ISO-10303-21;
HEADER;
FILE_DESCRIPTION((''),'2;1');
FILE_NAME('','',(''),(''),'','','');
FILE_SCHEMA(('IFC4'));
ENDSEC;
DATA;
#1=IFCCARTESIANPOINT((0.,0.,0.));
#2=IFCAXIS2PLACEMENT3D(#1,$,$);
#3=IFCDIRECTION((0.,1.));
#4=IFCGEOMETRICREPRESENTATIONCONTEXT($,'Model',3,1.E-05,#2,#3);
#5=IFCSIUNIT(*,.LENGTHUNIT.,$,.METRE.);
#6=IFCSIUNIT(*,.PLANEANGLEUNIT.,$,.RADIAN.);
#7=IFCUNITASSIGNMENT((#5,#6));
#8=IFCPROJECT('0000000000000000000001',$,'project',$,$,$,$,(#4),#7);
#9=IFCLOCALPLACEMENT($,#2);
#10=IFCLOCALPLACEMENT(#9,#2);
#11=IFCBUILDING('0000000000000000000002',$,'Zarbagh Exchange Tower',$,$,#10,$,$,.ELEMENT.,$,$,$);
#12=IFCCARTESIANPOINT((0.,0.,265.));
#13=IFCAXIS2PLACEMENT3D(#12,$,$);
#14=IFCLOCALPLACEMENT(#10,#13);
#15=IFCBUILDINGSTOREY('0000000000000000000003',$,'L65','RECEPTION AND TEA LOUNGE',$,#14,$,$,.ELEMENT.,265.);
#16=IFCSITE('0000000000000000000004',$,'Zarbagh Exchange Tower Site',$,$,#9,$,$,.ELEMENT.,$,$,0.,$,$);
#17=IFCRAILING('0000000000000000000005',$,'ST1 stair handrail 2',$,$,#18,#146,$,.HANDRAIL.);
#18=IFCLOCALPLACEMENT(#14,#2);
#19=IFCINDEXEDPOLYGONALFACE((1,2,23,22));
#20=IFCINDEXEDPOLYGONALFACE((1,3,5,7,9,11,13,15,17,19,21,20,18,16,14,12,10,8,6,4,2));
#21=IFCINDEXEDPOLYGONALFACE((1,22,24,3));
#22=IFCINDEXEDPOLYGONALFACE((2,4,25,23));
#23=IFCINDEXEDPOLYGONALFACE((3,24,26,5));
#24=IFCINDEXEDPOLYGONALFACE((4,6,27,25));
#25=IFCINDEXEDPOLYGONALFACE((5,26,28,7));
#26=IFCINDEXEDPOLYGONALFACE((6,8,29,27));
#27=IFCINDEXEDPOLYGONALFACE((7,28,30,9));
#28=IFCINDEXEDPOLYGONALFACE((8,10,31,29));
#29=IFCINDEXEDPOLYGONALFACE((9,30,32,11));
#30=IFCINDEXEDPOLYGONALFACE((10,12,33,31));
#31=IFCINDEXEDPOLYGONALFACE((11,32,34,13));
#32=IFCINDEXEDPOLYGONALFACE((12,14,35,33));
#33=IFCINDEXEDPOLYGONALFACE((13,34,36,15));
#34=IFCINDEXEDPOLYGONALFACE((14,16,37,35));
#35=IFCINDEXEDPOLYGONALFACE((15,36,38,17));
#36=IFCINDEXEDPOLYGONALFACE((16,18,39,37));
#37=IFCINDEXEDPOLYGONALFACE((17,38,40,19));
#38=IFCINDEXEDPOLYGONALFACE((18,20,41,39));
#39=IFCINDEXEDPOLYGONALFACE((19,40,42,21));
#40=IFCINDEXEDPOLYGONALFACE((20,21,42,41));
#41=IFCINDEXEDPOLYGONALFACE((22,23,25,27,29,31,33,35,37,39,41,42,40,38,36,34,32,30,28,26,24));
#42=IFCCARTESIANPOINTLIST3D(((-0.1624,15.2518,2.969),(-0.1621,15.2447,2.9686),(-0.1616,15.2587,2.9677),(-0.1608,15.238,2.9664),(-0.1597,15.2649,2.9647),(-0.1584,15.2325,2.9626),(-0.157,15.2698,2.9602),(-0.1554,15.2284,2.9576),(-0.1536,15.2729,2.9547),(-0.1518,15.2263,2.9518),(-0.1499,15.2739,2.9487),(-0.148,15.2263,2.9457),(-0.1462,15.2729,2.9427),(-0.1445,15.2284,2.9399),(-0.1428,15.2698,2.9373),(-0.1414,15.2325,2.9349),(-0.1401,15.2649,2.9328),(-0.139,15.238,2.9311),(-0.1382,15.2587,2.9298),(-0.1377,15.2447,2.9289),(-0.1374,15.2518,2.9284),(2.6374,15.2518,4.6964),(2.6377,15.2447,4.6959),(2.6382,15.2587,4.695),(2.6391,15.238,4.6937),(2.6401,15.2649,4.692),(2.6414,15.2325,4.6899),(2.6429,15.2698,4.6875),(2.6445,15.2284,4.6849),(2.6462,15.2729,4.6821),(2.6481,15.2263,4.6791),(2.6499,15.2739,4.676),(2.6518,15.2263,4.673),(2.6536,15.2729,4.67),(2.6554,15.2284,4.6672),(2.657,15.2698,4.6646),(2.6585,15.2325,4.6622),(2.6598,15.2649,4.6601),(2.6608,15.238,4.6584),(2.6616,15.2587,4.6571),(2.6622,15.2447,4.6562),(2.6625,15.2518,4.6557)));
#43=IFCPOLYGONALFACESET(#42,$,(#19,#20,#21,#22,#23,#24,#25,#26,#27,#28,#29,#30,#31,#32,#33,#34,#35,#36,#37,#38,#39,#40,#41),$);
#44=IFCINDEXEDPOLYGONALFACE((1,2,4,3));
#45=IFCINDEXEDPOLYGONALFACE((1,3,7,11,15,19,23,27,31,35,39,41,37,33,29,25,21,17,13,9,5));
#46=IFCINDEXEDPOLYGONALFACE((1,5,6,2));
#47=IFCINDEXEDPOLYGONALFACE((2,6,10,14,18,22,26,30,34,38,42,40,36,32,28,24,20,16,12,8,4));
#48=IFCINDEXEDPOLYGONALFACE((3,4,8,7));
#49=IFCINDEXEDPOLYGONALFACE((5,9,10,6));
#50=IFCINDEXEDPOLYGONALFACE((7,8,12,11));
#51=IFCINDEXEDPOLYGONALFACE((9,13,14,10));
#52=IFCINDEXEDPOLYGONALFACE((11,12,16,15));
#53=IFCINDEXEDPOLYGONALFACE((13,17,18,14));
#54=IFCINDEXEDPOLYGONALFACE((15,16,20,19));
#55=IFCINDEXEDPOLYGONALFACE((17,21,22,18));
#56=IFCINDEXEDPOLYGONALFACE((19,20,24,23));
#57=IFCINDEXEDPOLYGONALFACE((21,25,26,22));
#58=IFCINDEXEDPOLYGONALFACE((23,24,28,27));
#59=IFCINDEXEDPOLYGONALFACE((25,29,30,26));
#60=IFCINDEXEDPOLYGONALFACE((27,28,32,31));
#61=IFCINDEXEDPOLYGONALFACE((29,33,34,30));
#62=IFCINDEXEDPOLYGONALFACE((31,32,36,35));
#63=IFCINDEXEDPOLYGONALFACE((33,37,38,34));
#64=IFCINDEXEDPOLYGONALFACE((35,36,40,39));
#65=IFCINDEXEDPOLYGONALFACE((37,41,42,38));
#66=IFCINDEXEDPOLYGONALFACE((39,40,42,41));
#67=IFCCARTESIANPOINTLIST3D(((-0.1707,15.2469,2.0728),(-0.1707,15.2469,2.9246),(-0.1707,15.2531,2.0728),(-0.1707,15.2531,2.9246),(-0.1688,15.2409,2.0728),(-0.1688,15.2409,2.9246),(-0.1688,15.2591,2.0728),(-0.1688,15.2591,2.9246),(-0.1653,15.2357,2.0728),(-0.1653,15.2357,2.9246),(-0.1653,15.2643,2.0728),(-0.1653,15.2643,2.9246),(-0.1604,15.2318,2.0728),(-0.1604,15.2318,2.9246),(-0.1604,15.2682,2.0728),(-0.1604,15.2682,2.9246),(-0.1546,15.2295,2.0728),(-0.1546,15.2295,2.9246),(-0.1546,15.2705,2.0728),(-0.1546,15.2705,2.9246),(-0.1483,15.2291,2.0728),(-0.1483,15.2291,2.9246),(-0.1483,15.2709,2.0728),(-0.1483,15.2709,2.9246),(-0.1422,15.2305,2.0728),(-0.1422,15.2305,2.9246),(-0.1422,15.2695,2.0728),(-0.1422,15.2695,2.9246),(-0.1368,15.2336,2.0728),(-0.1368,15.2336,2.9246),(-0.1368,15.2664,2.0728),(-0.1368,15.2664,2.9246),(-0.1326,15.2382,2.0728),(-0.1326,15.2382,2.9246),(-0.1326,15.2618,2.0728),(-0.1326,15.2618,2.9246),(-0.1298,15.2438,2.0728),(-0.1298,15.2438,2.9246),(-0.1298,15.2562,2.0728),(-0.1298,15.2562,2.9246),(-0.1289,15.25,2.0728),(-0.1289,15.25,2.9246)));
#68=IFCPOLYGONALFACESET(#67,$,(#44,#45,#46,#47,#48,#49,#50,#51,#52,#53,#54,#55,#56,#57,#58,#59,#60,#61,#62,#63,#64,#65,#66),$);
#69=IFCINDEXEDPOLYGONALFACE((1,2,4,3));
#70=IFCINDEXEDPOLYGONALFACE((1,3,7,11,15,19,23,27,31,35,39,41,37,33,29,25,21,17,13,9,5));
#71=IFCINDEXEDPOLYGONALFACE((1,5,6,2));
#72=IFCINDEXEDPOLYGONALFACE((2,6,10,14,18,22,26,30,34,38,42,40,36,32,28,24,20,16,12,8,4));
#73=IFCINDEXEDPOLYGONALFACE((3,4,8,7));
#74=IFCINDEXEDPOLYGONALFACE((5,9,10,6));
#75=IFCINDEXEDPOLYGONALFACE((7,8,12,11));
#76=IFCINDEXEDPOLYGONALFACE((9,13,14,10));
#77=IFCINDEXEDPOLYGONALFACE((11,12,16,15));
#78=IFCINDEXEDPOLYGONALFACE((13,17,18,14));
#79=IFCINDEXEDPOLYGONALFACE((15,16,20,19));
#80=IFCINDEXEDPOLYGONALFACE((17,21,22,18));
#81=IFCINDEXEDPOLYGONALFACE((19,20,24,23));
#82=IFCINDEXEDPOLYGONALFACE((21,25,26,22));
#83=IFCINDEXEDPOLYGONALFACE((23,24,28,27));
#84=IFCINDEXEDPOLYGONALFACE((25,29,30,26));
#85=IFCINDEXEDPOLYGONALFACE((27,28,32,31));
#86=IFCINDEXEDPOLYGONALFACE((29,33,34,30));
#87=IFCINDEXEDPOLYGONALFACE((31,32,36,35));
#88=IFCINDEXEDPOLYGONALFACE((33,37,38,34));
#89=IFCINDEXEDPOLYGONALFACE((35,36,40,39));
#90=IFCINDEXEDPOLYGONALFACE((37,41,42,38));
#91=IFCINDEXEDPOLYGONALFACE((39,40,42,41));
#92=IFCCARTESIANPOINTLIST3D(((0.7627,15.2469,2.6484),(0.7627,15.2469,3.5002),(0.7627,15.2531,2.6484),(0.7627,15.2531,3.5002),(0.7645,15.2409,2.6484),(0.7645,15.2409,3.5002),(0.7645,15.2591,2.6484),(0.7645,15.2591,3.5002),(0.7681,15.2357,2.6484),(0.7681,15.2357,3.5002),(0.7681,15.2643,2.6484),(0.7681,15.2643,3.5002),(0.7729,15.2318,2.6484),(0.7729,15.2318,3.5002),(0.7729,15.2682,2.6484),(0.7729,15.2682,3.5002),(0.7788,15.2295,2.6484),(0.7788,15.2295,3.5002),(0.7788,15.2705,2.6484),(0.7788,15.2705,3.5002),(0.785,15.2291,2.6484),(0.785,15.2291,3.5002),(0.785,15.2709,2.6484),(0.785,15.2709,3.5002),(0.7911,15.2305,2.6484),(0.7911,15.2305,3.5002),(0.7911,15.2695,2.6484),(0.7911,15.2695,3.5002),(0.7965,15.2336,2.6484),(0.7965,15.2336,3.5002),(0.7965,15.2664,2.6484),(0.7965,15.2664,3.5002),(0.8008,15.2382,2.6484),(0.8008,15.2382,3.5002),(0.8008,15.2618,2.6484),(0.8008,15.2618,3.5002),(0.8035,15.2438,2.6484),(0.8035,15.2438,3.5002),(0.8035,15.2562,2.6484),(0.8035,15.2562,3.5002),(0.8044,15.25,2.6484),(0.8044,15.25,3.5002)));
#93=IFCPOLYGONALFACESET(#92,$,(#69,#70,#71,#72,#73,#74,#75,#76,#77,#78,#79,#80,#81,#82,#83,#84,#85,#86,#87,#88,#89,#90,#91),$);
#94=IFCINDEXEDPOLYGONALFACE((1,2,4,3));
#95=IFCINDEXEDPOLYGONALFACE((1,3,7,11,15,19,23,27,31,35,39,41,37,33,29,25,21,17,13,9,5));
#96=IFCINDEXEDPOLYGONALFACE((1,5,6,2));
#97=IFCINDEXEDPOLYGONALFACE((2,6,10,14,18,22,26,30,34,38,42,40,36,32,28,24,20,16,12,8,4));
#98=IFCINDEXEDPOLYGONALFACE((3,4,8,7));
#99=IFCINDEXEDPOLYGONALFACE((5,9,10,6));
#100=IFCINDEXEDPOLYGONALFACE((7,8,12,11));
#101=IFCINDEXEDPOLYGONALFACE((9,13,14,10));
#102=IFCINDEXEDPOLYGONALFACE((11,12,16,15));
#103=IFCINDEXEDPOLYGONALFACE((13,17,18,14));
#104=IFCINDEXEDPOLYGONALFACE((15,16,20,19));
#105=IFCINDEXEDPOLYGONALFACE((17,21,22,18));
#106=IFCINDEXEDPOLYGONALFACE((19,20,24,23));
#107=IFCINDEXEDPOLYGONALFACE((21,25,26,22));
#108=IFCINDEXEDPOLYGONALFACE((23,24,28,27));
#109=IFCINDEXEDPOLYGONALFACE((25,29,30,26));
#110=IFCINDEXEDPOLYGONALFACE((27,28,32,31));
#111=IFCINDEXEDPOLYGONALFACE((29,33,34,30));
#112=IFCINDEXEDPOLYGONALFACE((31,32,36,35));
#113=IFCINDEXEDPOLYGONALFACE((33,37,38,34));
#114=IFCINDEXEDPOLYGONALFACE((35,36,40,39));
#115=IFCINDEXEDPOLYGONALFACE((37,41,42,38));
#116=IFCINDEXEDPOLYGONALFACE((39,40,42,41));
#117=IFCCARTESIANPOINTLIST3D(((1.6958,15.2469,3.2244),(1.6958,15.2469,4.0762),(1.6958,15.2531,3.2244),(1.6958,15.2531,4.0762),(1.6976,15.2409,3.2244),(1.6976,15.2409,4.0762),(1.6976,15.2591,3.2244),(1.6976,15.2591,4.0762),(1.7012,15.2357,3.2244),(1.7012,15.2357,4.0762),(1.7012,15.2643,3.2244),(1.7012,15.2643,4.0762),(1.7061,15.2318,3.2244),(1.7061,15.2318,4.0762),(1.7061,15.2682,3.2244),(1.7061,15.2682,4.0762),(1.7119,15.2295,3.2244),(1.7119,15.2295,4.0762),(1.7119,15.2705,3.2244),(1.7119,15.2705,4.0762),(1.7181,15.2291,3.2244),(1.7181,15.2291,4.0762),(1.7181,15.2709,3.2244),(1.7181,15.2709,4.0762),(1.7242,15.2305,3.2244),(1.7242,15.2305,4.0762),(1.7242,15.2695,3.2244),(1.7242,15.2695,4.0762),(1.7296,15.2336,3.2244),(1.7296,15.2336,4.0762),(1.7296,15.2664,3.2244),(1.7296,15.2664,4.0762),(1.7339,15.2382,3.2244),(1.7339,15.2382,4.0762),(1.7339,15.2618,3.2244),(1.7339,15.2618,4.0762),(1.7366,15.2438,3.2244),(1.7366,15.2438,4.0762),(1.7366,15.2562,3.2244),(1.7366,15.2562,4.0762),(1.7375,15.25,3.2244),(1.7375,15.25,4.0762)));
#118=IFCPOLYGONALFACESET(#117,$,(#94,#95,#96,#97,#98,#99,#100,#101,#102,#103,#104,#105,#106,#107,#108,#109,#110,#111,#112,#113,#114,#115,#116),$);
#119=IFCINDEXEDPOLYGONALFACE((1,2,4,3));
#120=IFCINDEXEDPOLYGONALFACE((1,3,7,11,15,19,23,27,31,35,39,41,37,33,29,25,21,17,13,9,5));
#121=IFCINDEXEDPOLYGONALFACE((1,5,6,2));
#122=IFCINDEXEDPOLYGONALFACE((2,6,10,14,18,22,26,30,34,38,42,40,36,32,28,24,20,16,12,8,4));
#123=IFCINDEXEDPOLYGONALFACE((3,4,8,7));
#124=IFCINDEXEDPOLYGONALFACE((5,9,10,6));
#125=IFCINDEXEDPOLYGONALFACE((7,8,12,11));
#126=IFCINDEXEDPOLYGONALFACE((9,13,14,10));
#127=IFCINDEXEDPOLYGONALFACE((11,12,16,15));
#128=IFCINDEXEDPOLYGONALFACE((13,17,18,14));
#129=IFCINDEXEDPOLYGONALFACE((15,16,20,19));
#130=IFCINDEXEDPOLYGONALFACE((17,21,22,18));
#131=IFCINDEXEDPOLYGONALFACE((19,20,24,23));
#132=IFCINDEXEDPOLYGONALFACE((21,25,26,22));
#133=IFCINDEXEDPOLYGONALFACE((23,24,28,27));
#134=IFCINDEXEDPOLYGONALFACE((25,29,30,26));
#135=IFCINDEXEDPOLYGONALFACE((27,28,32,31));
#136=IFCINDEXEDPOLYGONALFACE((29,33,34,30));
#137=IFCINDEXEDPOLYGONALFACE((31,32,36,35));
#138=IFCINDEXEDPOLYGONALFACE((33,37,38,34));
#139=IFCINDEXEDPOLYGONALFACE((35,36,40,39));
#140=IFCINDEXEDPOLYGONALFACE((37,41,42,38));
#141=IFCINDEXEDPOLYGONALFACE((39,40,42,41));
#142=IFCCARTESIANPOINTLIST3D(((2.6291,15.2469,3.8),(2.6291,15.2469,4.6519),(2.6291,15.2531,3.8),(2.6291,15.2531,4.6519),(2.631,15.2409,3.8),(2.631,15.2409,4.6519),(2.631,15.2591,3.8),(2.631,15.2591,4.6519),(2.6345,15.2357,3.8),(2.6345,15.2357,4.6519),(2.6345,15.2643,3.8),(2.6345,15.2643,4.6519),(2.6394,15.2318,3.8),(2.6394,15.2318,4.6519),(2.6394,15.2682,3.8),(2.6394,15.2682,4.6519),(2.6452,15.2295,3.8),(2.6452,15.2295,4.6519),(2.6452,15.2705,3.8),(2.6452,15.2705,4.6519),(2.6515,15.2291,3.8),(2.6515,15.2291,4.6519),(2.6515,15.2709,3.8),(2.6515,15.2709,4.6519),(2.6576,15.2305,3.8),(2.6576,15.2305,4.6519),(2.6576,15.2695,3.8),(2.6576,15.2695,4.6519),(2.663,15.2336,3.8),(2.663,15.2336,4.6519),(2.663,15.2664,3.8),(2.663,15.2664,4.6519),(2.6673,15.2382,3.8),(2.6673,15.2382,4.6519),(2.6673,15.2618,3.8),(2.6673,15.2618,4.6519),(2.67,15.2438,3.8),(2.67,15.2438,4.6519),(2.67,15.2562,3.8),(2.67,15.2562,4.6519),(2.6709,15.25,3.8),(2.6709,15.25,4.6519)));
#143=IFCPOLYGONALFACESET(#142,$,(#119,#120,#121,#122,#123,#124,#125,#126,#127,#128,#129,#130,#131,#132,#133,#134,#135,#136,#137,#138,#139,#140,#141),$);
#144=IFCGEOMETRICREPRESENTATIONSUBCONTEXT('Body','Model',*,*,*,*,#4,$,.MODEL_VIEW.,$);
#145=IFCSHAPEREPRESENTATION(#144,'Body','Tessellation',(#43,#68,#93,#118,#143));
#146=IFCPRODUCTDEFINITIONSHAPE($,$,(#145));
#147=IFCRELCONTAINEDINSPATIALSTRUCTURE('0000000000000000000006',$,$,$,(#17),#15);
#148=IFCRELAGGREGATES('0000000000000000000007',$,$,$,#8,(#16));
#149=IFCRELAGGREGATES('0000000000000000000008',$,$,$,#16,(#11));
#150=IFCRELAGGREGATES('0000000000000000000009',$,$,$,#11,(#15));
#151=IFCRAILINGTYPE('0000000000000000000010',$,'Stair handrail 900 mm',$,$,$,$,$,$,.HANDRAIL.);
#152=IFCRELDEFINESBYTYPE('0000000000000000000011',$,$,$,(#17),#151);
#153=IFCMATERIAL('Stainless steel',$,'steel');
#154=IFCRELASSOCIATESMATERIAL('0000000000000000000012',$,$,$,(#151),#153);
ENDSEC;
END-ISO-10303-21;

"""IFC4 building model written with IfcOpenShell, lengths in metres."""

from ifc_helpers import new_model, si_unit, direction, frame, origin, origin_2d, place, context, subcontext, project, spatial, circle, extrude, material, type_object, element, save


model = new_model("IFC4")

# Units and contexts
model_context = context("Model", 3, precision=1e-05, world=origin(), true_north=direction((0.0, 1.0)))
body_context = subcontext(model_context, "Body", "Model", "MODEL_VIEW")
ifc_project = project(units=[si_unit("LENGTHUNIT", "METRE"), si_unit("PLANEANGLEUNIT", "RADIAN")], contexts=[model_context])

# Site, building, storey
site_placement = place(None, origin())
site = spatial("IfcSite", under=ifc_project, at=site_placement, Name="Zarbagh Exchange Tower Site", CompositionType="ELEMENT", RefElevation=0.0)
building_placement = place(site_placement, origin())
building = spatial("IfcBuilding", under=site, at=building_placement, Name="Zarbagh Exchange Tower", CompositionType="ELEMENT")
storey_placement = place(building_placement, frame((0.0, 0.0, 265.0)))
storey = spatial("IfcBuildingStorey", under=building, at=storey_placement, Name="L65", Description="RECEPTION AND TEA LOUNGE", CompositionType="ELEMENT", Elevation=265.0)

# Railing
ifc_material_1 = material(Name="Stainless steel", Category="steel")
railing_type = type_object("IfcRailingType", Name="Stair handrail 900 mm", PredefinedType="HANDRAIL", material=ifc_material_1)
railing_placement = place(storey_placement, frame((-0.1499, 15.25, 2.0728)))
element("IfcRailing", 1, at=railing_placement, inside=storey, type_object=railing_type, Name="ST1 stair handrail 2", PredefinedType="HANDRAIL", context=body_context, shape_type="SweptSolid", body=[
    extrude(circle(Radius=0.0239, at=origin_2d()), frame((0.0, 0.0, 0.876), z_axis=(0.851069, 0.0, 0.525054), x_axis=(0.0, 1.0, 0.0)), (0.0, 0.0, 1.0), 3.2898),
    extrude(circle(Radius=0.021, at=origin_2d()), origin(), (0.0, 0.0, 1.0), 0.8518),
    extrude(circle(Radius=0.021, at=origin_2d()), frame((0.9333, 0.0, 0.5757)), (0.0, 0.0, 1.0), 0.8518),
    extrude(circle(Radius=0.021, at=origin_2d()), frame((1.8665, 0.0, 1.1516)), (0.0, 0.0, 1.0), 0.8518),
    extrude(circle(Radius=0.021, at=origin_2d()), frame((2.7998, 0.0, 1.7273)), (0.0, 0.0, 1.0), 0.8518),
])

save(model, "model.ifc")
